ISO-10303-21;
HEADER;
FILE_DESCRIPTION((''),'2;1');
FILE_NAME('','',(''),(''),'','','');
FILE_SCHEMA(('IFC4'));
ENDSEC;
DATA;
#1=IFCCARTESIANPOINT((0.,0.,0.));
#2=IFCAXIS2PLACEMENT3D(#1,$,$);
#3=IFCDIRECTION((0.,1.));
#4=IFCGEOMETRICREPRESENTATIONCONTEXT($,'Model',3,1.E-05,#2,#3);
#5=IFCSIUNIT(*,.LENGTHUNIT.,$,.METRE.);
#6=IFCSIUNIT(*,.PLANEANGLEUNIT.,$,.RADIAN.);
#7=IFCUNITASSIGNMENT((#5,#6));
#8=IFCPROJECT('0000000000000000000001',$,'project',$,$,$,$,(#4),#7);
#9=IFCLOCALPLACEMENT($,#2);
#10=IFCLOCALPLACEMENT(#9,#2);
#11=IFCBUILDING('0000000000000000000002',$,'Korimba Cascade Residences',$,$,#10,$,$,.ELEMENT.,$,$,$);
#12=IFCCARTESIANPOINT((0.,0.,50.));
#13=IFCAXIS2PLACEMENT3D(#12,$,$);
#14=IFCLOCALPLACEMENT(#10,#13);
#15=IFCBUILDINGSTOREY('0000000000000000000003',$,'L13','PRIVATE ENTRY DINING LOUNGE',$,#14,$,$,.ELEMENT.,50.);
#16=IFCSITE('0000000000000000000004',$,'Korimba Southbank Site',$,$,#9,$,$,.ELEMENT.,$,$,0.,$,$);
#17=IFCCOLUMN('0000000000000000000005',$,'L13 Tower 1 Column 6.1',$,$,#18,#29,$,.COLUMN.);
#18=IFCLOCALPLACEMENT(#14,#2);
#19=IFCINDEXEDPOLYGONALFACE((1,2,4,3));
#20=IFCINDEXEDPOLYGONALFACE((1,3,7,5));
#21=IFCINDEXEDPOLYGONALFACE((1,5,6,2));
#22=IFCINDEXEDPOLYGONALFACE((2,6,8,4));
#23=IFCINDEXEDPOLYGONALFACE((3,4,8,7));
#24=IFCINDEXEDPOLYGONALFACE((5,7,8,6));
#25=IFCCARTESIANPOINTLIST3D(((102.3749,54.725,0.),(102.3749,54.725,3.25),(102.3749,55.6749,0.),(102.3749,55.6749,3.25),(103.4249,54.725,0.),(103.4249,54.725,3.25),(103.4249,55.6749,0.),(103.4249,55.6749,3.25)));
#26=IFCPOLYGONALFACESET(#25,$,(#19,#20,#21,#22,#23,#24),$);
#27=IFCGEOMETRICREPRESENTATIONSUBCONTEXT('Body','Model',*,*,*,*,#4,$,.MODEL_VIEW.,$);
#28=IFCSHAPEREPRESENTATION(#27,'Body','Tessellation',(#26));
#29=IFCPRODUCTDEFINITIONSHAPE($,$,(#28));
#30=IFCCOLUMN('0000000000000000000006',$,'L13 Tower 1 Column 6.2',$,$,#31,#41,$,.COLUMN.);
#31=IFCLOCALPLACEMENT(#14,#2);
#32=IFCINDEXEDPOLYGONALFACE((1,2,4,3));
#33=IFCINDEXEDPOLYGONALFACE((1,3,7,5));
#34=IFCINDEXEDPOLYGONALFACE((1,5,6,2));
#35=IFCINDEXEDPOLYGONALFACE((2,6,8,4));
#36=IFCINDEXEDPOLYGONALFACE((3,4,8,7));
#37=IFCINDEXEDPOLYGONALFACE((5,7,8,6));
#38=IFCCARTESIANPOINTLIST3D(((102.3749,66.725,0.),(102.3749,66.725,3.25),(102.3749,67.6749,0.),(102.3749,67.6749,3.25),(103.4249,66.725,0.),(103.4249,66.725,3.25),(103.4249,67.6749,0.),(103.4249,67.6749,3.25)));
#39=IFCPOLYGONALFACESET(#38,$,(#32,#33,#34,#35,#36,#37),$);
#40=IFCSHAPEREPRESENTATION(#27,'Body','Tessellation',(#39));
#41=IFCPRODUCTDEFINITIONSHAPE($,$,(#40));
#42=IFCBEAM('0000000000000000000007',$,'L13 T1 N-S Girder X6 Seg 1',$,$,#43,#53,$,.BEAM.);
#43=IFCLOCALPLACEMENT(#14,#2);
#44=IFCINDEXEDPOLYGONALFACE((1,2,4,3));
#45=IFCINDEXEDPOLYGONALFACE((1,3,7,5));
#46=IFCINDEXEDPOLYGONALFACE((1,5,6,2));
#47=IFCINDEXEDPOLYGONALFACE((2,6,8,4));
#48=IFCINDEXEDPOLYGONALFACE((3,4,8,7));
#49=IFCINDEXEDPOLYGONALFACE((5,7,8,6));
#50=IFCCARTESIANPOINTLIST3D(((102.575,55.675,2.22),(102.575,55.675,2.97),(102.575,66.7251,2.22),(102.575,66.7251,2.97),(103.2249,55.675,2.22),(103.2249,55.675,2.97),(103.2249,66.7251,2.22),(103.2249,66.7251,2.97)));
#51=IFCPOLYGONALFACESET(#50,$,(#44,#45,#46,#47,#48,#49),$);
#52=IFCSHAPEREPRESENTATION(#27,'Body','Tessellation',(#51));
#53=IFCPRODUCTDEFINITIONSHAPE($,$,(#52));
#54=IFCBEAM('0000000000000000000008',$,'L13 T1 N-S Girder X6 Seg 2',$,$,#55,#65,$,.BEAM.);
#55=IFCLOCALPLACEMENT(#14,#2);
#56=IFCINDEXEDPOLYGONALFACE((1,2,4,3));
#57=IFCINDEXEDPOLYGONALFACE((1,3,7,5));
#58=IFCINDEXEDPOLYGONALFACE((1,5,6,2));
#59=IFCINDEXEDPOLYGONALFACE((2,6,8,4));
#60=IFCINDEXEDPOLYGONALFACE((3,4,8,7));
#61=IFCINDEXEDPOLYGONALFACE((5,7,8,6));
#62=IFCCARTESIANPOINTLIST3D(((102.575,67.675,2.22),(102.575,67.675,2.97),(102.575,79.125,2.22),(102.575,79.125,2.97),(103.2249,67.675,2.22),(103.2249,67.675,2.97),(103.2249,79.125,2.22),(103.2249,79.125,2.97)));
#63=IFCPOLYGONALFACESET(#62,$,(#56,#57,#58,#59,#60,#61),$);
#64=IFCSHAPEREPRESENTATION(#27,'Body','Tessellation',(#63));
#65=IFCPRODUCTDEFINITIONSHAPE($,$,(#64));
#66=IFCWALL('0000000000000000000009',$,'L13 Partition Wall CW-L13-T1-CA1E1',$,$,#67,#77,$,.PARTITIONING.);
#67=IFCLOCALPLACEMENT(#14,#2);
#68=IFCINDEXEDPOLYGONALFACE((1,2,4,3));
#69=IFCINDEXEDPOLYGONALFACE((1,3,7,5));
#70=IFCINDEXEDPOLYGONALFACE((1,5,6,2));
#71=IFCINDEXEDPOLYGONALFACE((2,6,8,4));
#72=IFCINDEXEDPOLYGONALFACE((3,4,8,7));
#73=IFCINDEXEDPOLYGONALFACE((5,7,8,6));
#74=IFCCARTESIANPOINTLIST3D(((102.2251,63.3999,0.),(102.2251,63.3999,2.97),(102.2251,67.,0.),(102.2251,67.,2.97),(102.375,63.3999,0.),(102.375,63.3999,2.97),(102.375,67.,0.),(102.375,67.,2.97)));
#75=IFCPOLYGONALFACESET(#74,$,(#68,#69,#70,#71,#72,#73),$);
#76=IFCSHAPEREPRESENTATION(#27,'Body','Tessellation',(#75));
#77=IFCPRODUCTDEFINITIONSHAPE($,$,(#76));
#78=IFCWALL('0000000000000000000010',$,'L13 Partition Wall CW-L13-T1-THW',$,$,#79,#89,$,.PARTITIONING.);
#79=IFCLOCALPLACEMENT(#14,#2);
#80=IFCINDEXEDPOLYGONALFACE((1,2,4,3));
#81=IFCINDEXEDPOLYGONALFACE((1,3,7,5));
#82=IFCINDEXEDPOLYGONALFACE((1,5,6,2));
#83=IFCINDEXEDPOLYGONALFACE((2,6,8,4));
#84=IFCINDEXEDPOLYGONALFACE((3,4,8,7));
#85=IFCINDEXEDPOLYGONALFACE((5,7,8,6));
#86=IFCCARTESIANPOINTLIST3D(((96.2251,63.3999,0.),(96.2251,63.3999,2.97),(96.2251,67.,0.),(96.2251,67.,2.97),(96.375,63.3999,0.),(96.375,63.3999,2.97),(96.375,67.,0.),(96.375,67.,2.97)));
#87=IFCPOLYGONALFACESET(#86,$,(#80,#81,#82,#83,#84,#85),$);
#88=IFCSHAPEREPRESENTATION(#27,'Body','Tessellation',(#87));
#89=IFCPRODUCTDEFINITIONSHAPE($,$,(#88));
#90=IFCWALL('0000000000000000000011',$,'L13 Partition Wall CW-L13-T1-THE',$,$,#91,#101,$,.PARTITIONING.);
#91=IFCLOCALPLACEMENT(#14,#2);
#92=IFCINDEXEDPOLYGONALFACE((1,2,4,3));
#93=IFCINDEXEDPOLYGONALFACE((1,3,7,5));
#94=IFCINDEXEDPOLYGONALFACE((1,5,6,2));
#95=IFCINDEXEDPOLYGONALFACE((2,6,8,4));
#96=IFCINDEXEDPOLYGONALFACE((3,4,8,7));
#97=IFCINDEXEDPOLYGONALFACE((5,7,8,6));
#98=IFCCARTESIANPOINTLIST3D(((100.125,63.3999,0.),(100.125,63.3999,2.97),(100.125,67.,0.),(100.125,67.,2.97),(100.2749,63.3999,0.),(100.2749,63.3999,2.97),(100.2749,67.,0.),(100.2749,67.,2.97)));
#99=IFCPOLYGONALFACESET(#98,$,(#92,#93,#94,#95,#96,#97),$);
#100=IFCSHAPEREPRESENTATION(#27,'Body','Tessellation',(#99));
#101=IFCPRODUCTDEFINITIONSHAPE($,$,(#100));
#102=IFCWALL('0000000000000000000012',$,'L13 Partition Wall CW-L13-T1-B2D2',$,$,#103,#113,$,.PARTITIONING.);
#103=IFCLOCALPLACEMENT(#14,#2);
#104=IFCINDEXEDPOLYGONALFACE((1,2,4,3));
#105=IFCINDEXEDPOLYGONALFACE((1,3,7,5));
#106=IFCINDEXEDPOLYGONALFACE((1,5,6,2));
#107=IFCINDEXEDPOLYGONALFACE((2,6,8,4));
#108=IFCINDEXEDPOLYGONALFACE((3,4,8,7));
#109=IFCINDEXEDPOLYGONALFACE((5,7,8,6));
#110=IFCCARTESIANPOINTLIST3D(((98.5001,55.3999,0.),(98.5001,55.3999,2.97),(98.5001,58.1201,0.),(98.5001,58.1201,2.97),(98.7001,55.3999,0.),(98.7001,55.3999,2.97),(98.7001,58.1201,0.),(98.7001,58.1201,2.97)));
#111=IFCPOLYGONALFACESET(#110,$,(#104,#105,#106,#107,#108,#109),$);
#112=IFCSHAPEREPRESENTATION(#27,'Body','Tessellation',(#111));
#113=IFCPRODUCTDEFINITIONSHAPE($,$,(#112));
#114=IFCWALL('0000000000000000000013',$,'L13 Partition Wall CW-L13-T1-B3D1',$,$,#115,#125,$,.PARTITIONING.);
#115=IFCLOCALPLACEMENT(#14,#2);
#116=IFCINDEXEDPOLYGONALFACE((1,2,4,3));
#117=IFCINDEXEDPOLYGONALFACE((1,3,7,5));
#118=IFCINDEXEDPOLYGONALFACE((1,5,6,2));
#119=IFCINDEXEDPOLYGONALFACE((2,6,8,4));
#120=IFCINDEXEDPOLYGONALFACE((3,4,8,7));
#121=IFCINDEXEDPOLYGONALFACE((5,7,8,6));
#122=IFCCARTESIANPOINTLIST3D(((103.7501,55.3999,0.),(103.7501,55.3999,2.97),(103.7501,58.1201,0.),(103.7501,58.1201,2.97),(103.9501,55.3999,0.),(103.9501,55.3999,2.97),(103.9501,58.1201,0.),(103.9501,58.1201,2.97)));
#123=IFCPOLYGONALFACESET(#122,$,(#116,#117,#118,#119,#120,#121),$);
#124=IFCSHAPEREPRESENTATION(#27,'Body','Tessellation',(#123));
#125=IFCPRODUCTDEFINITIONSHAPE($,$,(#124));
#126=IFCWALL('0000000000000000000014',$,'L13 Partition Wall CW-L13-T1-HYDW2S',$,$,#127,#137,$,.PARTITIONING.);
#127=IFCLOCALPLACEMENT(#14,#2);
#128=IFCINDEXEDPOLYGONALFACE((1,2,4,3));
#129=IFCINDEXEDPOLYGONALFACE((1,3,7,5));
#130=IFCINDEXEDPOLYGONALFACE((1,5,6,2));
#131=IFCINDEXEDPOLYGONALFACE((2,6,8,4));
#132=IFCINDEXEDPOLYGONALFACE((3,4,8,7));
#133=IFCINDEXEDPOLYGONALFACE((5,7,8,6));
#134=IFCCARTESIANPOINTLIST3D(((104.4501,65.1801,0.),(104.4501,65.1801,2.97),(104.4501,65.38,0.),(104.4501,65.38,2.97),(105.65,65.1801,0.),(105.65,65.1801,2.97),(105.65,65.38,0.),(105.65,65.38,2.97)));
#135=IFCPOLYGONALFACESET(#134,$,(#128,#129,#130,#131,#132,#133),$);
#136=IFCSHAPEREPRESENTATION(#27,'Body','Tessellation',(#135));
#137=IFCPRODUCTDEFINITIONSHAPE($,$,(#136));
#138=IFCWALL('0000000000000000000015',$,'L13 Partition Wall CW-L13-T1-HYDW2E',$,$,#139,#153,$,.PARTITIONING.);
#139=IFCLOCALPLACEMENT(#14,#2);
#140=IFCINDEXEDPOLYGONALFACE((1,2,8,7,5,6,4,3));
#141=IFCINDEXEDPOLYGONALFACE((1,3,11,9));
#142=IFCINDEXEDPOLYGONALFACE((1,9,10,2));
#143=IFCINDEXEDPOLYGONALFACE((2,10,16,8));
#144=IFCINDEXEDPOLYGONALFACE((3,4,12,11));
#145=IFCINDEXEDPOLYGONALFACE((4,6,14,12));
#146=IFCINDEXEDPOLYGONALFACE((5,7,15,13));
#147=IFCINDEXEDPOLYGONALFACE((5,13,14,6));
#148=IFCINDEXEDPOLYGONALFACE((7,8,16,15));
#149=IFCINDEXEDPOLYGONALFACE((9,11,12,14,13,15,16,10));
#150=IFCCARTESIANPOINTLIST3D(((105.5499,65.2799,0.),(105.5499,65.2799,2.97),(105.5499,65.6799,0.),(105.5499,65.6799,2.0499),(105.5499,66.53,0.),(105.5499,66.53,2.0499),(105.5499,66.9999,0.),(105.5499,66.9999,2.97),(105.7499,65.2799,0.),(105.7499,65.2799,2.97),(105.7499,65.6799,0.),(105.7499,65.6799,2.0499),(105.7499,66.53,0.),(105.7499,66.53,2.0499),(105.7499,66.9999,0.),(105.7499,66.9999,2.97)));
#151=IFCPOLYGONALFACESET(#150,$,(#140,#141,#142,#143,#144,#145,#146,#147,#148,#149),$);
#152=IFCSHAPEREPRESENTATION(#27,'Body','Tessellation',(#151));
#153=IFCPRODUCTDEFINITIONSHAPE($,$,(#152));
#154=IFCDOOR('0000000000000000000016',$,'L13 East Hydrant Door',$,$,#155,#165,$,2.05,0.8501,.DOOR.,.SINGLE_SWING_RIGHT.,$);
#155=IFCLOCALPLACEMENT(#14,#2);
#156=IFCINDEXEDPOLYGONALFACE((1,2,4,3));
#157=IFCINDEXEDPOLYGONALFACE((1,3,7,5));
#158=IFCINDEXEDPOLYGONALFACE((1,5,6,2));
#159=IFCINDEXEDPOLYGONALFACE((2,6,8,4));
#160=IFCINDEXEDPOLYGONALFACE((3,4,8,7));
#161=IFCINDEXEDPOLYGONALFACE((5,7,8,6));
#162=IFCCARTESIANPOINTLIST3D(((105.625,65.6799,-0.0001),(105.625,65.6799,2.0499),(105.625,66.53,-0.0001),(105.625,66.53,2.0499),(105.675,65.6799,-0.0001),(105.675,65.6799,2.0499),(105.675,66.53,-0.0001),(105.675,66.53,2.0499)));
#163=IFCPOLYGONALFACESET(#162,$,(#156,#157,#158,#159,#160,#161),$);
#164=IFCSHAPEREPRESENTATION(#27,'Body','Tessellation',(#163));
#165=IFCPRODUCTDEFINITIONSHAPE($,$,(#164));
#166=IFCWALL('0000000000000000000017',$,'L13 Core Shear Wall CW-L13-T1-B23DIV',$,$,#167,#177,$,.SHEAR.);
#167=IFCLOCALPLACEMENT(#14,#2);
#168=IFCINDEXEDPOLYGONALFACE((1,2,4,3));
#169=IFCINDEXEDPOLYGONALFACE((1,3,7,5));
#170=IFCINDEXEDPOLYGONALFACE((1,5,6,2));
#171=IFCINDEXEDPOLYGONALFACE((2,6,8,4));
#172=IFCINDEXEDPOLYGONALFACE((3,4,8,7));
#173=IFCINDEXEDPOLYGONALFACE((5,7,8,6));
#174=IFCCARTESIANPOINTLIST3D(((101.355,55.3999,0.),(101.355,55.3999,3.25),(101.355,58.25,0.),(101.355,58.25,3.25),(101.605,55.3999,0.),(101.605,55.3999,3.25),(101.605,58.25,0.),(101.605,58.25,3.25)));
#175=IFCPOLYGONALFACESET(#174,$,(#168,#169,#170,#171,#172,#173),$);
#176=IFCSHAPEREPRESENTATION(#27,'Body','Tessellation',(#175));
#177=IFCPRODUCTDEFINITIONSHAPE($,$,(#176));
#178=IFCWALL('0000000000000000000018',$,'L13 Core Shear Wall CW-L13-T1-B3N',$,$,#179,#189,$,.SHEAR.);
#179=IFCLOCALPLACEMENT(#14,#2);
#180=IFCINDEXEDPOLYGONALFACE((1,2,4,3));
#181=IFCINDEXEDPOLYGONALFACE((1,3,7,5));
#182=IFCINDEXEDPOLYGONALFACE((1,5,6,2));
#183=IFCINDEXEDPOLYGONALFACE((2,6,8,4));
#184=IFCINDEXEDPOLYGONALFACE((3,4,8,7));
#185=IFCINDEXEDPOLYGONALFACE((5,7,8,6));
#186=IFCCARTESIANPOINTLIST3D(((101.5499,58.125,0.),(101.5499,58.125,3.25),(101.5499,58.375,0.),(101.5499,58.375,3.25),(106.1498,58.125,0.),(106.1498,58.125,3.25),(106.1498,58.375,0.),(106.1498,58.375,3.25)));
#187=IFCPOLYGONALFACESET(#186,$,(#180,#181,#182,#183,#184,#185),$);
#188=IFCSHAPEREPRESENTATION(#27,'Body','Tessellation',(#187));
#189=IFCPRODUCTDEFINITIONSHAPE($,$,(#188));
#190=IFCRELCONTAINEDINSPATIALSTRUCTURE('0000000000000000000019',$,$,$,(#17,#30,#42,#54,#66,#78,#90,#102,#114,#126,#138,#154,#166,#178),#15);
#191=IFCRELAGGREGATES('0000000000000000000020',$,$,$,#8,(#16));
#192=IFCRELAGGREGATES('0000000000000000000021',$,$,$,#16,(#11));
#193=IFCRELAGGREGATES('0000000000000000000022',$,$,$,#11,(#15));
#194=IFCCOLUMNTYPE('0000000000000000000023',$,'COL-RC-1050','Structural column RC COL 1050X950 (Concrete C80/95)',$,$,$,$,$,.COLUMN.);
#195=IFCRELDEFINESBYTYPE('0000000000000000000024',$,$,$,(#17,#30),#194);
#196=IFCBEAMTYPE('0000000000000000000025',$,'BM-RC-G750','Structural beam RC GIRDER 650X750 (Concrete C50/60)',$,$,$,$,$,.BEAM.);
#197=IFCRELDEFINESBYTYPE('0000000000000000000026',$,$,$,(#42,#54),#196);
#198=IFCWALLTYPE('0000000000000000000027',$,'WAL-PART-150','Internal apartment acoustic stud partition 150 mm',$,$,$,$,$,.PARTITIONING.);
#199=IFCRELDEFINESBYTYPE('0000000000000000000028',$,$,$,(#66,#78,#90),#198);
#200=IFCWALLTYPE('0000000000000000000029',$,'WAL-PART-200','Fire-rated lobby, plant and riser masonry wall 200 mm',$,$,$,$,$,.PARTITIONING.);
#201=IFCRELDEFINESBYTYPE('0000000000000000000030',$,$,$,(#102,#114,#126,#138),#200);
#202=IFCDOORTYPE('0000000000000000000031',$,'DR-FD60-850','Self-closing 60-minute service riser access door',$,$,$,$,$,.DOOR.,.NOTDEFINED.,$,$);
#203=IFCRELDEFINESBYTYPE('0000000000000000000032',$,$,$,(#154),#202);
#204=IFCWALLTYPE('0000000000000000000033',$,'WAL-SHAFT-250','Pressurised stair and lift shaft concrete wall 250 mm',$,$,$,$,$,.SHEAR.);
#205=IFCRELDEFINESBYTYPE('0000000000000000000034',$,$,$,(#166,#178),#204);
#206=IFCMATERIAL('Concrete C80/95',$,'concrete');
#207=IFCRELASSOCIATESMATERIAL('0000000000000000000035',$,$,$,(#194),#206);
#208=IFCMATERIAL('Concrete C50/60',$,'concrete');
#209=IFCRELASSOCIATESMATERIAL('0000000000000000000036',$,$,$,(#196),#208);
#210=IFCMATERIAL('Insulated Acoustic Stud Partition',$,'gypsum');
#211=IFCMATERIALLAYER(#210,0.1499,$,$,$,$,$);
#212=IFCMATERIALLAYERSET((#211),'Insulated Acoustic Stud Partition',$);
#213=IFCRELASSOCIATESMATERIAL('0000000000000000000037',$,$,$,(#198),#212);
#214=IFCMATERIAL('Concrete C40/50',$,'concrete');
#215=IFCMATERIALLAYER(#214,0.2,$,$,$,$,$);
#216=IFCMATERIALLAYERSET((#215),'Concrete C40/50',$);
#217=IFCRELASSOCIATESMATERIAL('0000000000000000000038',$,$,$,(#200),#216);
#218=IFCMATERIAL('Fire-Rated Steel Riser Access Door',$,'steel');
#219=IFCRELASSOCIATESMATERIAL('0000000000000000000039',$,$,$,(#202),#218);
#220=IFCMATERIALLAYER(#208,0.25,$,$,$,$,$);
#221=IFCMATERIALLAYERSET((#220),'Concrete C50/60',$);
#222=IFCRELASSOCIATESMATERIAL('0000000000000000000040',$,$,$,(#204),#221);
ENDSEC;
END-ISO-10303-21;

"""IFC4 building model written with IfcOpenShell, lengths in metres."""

from ifc_helpers import new_model, si_unit, direction, frame, frame_2d, origin, origin_2d, place, context, subcontext, project, spatial, rectangle, extrude, material, layer, layer_set, material_profile, profile_set, type_object, element, fill, save


model = new_model("IFC4")

# Units and contexts
model_context = context("Model", 3, precision=1e-05, world=origin(), true_north=direction((0.0, 1.0)))
body_context = subcontext(model_context, "Body", "Model", "MODEL_VIEW")
ifc_project = project(units=[si_unit("LENGTHUNIT", "METRE"), si_unit("PLANEANGLEUNIT", "RADIAN")], contexts=[model_context])

# Site, building, storey
site_placement = place(None, origin())
site = spatial("IfcSite", under=ifc_project, at=site_placement, Name="Korimba Southbank Site", CompositionType="ELEMENT", RefElevation=0.0)
building_placement = place(site_placement, origin())
building = spatial("IfcBuilding", under=site, at=building_placement, Name="Korimba Cascade Residences", CompositionType="ELEMENT")
storey_placement = place(building_placement, frame((0.0, 0.0, 50.0)))
storey = spatial("IfcBuildingStorey", under=building, at=storey_placement, Name="L13", Description="PRIVATE ENTRY DINING LOUNGE", CompositionType="ELEMENT", Elevation=50.0)

# Columns
ifc_material_1 = material(Name="Concrete C80/95", Category="concrete")
ifc_material_profile_1 = material_profile(ifc_material_1, rectangle(XDim=1.05, YDim=0.95, at=origin_2d()), Name="Concrete C80/95")
ifc_profile_set_1 = profile_set([ifc_material_profile_1], Name="Concrete C80/95")
column_type = type_object("IfcColumnType", Name="COL-RC-1050", Description="Structural column RC COL 1050X950 (Concrete C80/95)", PredefinedType="COLUMN", material=ifc_profile_set_1)
for number, where, z_axis, x_axis, name in (
    (1, (102.8999, 55.2, 0.0), (0.0, 0.0, 1.0), (1.0, 0.0, 0.0), "L13 Tower 1 Column 6.1"),
    (2, (102.8999, 67.2, 0.0), (0.0, 0.0, 1.0), (1.0, 0.0, 0.0), "L13 Tower 1 Column 6.2"),
):
    element("IfcColumn", number, at=place(storey_placement, frame(where, z_axis=z_axis, x_axis=x_axis)), inside=storey, type_object=column_type, Name=name, PredefinedType="COLUMN", context=body_context, shape_type="SweptSolid", body=[
        extrude(rectangle(XDim=1.05, YDim=0.95, at=origin_2d()), origin(), (0.0, 0.0, 1.0), 3.25),
    ])

# Beams
ifc_material_2 = material(Name="Concrete C50/60", Category="concrete")
ifc_material_profile_2 = material_profile(ifc_material_2, rectangle(XDim=0.6499, YDim=0.75, at=origin_2d()), Name="Concrete C50/60")
ifc_profile_set_2 = profile_set([ifc_material_profile_2], Name="Concrete C50/60")
beam_type = type_object("IfcBeamType", Name="BM-RC-G750", Description="Structural beam RC GIRDER 650X750 (Concrete C50/60)", PredefinedType="BEAM", material=ifc_profile_set_2)
beam_1_placement = place(storey_placement, frame((102.8999, 55.675, 2.595), z_axis=(0.0, 1.0, 0.0), x_axis=(-1.0, 0.0, 0.0)))
element("IfcBeam", 3, at=beam_1_placement, inside=storey, type_object=beam_type, Name="L13 T1 N-S Girder X6 Seg 1", PredefinedType="BEAM", context=body_context, shape_type="SweptSolid", body=[
    extrude(rectangle(XDim=0.6499, YDim=0.75, at=origin_2d()), origin(), (0.0, 0.0, 1.0), 11.05),
])
beam_2_placement = place(storey_placement, frame((102.8999, 67.675, 2.595), z_axis=(0.0, 1.0, 0.0), x_axis=(-1.0, 0.0, 0.0)))
element("IfcBeam", 4, at=beam_2_placement, inside=storey, type_object=beam_type, Name="L13 T1 N-S Girder X6 Seg 2", PredefinedType="BEAM", context=body_context, shape_type="SweptSolid", body=[
    extrude(rectangle(XDim=0.6499, YDim=0.75, at=origin_2d()), origin(), (0.0, 0.0, 1.0), 11.45),
])

# Walls
ifc_material_3 = material(Name="Insulated Acoustic Stud Partition", Category="gypsum")
ifc_layer_1 = layer(ifc_material_3, 0.1499)
ifc_layer_set_1 = layer_set([ifc_layer_1], Name="Insulated Acoustic Stud Partition")
wall_type_1 = type_object("IfcWallType", Name="WAL-PART-150", Description="Internal apartment acoustic stud partition 150 mm", PredefinedType="PARTITIONING", material=ifc_layer_set_1)
for number, where, z_axis, x_axis, name in (
    (5, (102.3, 63.3999, 0.0), (0.0, 0.0, 1.0), (0.0, 1.0, 0.0), "L13 Partition Wall CW-L13-T1-CA1E1"),
    (6, (96.3, 63.3999, 0.0), (0.0, 0.0, 1.0), (0.0, 1.0, 0.0), "L13 Partition Wall CW-L13-T1-THW"),
    (7, (100.2, 63.3999, 0.0), (0.0, 0.0, 1.0), (0.0, 1.0, 0.0), "L13 Partition Wall CW-L13-T1-THE"),
):
    element("IfcWall", number, at=place(storey_placement, frame(where, z_axis=z_axis, x_axis=x_axis)), inside=storey, type_object=wall_type_1, Name=name, PredefinedType="PARTITIONING", context=body_context, shape_type="SweptSolid", body=[
        extrude(rectangle(XDim=3.6001, YDim=0.1499, at=frame_2d((1.8, 0.0))), origin(), (0.0, 0.0, 1.0), 2.97),
    ])
ifc_material_4 = material(Name="Concrete C40/50", Category="concrete")
ifc_layer_2 = layer(ifc_material_4, 0.2)
ifc_layer_set_2 = layer_set([ifc_layer_2], Name="Concrete C40/50")
wall_type_2 = type_object("IfcWallType", Name="WAL-PART-200", Description="Fire-rated lobby, plant and riser masonry wall 200 mm", PredefinedType="PARTITIONING", material=ifc_layer_set_2)
for number, where, z_axis, x_axis, name in (
    (8, (98.6001, 55.3999, 0.0), (0.0, 0.0, 1.0), (0.0, 1.0, 0.0), "L13 Partition Wall CW-L13-T1-B2D2"),
    (9, (103.8501, 55.3999, 0.0), (0.0, 0.0, 1.0), (0.0, 1.0, 0.0), "L13 Partition Wall CW-L13-T1-B3D1"),
):
    element("IfcWall", number, at=place(storey_placement, frame(where, z_axis=z_axis, x_axis=x_axis)), inside=storey, type_object=wall_type_2, Name=name, PredefinedType="PARTITIONING", context=body_context, shape_type="SweptSolid", body=[
        extrude(rectangle(XDim=2.7202, YDim=0.2, at=frame_2d((1.3601, 0.0))), origin(), (0.0, 0.0, 1.0), 2.97),
    ])
wall_1_placement = place(storey_placement, frame((104.45, 65.28, 0.0), z_axis=(0.0, 0.0, 1.0), x_axis=(1.0, 0.0, 0.0)))
element("IfcWall", 10, at=wall_1_placement, inside=storey, type_object=wall_type_2, Name="L13 Partition Wall CW-L13-T1-HYDW2S", PredefinedType="PARTITIONING", context=body_context, shape_type="SweptSolid", body=[
    extrude(rectangle(XDim=1.2, YDim=0.2, at=frame_2d((0.6001, 0.0))), origin(), (0.0, 0.0, 1.0), 2.97),
])

# Wall, opening, door
wall_2_placement = place(storey_placement, frame((105.6499, 65.28, 0.0), z_axis=(0.0, 0.0, 1.0), x_axis=(0.0, 1.0, 0.0)))
wall_2 = element("IfcWall", 11, at=wall_2_placement, inside=storey, type_object=wall_type_2, Name="L13 Partition Wall CW-L13-T1-HYDW2E", PredefinedType="PARTITIONING", context=body_context, shape_type="SweptSolid", body=[
    extrude(rectangle(XDim=1.72, YDim=0.2, at=frame_2d((0.8599, 0.0))), origin(), (0.0, 0.0, 1.0), 2.97),
])
opening_1_placement = place(wall_2_placement, frame((0.3999, 0.0, 0.0)))
opening_1 = element("IfcOpeningElement", 12, at=opening_1_placement, cuts=wall_2, PredefinedType="OPENING", context=body_context, shape_type="SweptSolid", body=[
    extrude(rectangle(XDim=0.8501, YDim=2.05, at=frame_2d((0.425, 1.0249))), frame((0.0, 0.1099, 0.0), z_axis=(0.0, -1.0, 0.0), x_axis=(1.0, 0.0, 0.0)), (0.0, 0.0, 1.0), 0.22),
])
ifc_material_5 = material(Name="Fire-Rated Steel Riser Access Door", Category="steel")
door_type_1 = type_object("IfcDoorType", Name="DR-FD60-850", Description="Self-closing 60-minute service riser access door", OperationType="NOTDEFINED", PredefinedType="DOOR", material=ifc_material_5)
door_1_placement = place(opening_1_placement, origin())
door_1 = element("IfcDoor", 13, at=door_1_placement, inside=storey, type_object=door_type_1, Name="L13 East Hydrant Door", OperationType="SINGLE_SWING_RIGHT", OverallHeight=2.05, OverallWidth=0.8501, PredefinedType="DOOR", context=body_context, shape_type="SweptSolid", body=[
    extrude(rectangle(XDim=0.8501, YDim=2.05, at=frame_2d((0.425, 1.0249))), frame((0.0, 0.0249, 0.0), z_axis=(0.0, -1.0, 0.0), x_axis=(1.0, 0.0, 0.0)), (0.0, 0.0, 1.0), 0.05),
])
fill(opening_1, door_1)

# Walls
ifc_layer_3 = layer(ifc_material_2, 0.25)
ifc_layer_set_3 = layer_set([ifc_layer_3], Name="Concrete C50/60")
wall_type_3 = type_object("IfcWallType", Name="WAL-SHAFT-250", Description="Pressurised stair and lift shaft concrete wall 250 mm", PredefinedType="SHEAR", material=ifc_layer_set_3)
wall_3_placement = place(storey_placement, frame((101.48, 55.3999, 0.0), z_axis=(0.0, 0.0, 1.0), x_axis=(0.0, 1.0, 0.0)))
element("IfcWall", 14, at=wall_3_placement, inside=storey, type_object=wall_type_3, Name="L13 Core Shear Wall CW-L13-T1-B23DIV", PredefinedType="SHEAR", context=body_context, shape_type="SweptSolid", body=[
    extrude(rectangle(XDim=2.8501, YDim=0.25, at=frame_2d((1.425, 0.0))), origin(), (0.0, 0.0, 1.0), 3.25),
])
wall_4_placement = place(storey_placement, frame((101.55, 58.25, 0.0), z_axis=(0.0, 0.0, 1.0), x_axis=(1.0, 0.0, 0.0)))
element("IfcWall", 15, at=wall_4_placement, inside=storey, type_object=wall_type_3, Name="L13 Core Shear Wall CW-L13-T1-B3N", PredefinedType="SHEAR", context=body_context, shape_type="SweptSolid", body=[
    extrude(rectangle(XDim=4.5999, YDim=0.25, at=frame_2d((2.2998, 0.0))), origin(), (0.0, 0.0, 1.0), 3.25),
])

save(model, "model.ifc")
